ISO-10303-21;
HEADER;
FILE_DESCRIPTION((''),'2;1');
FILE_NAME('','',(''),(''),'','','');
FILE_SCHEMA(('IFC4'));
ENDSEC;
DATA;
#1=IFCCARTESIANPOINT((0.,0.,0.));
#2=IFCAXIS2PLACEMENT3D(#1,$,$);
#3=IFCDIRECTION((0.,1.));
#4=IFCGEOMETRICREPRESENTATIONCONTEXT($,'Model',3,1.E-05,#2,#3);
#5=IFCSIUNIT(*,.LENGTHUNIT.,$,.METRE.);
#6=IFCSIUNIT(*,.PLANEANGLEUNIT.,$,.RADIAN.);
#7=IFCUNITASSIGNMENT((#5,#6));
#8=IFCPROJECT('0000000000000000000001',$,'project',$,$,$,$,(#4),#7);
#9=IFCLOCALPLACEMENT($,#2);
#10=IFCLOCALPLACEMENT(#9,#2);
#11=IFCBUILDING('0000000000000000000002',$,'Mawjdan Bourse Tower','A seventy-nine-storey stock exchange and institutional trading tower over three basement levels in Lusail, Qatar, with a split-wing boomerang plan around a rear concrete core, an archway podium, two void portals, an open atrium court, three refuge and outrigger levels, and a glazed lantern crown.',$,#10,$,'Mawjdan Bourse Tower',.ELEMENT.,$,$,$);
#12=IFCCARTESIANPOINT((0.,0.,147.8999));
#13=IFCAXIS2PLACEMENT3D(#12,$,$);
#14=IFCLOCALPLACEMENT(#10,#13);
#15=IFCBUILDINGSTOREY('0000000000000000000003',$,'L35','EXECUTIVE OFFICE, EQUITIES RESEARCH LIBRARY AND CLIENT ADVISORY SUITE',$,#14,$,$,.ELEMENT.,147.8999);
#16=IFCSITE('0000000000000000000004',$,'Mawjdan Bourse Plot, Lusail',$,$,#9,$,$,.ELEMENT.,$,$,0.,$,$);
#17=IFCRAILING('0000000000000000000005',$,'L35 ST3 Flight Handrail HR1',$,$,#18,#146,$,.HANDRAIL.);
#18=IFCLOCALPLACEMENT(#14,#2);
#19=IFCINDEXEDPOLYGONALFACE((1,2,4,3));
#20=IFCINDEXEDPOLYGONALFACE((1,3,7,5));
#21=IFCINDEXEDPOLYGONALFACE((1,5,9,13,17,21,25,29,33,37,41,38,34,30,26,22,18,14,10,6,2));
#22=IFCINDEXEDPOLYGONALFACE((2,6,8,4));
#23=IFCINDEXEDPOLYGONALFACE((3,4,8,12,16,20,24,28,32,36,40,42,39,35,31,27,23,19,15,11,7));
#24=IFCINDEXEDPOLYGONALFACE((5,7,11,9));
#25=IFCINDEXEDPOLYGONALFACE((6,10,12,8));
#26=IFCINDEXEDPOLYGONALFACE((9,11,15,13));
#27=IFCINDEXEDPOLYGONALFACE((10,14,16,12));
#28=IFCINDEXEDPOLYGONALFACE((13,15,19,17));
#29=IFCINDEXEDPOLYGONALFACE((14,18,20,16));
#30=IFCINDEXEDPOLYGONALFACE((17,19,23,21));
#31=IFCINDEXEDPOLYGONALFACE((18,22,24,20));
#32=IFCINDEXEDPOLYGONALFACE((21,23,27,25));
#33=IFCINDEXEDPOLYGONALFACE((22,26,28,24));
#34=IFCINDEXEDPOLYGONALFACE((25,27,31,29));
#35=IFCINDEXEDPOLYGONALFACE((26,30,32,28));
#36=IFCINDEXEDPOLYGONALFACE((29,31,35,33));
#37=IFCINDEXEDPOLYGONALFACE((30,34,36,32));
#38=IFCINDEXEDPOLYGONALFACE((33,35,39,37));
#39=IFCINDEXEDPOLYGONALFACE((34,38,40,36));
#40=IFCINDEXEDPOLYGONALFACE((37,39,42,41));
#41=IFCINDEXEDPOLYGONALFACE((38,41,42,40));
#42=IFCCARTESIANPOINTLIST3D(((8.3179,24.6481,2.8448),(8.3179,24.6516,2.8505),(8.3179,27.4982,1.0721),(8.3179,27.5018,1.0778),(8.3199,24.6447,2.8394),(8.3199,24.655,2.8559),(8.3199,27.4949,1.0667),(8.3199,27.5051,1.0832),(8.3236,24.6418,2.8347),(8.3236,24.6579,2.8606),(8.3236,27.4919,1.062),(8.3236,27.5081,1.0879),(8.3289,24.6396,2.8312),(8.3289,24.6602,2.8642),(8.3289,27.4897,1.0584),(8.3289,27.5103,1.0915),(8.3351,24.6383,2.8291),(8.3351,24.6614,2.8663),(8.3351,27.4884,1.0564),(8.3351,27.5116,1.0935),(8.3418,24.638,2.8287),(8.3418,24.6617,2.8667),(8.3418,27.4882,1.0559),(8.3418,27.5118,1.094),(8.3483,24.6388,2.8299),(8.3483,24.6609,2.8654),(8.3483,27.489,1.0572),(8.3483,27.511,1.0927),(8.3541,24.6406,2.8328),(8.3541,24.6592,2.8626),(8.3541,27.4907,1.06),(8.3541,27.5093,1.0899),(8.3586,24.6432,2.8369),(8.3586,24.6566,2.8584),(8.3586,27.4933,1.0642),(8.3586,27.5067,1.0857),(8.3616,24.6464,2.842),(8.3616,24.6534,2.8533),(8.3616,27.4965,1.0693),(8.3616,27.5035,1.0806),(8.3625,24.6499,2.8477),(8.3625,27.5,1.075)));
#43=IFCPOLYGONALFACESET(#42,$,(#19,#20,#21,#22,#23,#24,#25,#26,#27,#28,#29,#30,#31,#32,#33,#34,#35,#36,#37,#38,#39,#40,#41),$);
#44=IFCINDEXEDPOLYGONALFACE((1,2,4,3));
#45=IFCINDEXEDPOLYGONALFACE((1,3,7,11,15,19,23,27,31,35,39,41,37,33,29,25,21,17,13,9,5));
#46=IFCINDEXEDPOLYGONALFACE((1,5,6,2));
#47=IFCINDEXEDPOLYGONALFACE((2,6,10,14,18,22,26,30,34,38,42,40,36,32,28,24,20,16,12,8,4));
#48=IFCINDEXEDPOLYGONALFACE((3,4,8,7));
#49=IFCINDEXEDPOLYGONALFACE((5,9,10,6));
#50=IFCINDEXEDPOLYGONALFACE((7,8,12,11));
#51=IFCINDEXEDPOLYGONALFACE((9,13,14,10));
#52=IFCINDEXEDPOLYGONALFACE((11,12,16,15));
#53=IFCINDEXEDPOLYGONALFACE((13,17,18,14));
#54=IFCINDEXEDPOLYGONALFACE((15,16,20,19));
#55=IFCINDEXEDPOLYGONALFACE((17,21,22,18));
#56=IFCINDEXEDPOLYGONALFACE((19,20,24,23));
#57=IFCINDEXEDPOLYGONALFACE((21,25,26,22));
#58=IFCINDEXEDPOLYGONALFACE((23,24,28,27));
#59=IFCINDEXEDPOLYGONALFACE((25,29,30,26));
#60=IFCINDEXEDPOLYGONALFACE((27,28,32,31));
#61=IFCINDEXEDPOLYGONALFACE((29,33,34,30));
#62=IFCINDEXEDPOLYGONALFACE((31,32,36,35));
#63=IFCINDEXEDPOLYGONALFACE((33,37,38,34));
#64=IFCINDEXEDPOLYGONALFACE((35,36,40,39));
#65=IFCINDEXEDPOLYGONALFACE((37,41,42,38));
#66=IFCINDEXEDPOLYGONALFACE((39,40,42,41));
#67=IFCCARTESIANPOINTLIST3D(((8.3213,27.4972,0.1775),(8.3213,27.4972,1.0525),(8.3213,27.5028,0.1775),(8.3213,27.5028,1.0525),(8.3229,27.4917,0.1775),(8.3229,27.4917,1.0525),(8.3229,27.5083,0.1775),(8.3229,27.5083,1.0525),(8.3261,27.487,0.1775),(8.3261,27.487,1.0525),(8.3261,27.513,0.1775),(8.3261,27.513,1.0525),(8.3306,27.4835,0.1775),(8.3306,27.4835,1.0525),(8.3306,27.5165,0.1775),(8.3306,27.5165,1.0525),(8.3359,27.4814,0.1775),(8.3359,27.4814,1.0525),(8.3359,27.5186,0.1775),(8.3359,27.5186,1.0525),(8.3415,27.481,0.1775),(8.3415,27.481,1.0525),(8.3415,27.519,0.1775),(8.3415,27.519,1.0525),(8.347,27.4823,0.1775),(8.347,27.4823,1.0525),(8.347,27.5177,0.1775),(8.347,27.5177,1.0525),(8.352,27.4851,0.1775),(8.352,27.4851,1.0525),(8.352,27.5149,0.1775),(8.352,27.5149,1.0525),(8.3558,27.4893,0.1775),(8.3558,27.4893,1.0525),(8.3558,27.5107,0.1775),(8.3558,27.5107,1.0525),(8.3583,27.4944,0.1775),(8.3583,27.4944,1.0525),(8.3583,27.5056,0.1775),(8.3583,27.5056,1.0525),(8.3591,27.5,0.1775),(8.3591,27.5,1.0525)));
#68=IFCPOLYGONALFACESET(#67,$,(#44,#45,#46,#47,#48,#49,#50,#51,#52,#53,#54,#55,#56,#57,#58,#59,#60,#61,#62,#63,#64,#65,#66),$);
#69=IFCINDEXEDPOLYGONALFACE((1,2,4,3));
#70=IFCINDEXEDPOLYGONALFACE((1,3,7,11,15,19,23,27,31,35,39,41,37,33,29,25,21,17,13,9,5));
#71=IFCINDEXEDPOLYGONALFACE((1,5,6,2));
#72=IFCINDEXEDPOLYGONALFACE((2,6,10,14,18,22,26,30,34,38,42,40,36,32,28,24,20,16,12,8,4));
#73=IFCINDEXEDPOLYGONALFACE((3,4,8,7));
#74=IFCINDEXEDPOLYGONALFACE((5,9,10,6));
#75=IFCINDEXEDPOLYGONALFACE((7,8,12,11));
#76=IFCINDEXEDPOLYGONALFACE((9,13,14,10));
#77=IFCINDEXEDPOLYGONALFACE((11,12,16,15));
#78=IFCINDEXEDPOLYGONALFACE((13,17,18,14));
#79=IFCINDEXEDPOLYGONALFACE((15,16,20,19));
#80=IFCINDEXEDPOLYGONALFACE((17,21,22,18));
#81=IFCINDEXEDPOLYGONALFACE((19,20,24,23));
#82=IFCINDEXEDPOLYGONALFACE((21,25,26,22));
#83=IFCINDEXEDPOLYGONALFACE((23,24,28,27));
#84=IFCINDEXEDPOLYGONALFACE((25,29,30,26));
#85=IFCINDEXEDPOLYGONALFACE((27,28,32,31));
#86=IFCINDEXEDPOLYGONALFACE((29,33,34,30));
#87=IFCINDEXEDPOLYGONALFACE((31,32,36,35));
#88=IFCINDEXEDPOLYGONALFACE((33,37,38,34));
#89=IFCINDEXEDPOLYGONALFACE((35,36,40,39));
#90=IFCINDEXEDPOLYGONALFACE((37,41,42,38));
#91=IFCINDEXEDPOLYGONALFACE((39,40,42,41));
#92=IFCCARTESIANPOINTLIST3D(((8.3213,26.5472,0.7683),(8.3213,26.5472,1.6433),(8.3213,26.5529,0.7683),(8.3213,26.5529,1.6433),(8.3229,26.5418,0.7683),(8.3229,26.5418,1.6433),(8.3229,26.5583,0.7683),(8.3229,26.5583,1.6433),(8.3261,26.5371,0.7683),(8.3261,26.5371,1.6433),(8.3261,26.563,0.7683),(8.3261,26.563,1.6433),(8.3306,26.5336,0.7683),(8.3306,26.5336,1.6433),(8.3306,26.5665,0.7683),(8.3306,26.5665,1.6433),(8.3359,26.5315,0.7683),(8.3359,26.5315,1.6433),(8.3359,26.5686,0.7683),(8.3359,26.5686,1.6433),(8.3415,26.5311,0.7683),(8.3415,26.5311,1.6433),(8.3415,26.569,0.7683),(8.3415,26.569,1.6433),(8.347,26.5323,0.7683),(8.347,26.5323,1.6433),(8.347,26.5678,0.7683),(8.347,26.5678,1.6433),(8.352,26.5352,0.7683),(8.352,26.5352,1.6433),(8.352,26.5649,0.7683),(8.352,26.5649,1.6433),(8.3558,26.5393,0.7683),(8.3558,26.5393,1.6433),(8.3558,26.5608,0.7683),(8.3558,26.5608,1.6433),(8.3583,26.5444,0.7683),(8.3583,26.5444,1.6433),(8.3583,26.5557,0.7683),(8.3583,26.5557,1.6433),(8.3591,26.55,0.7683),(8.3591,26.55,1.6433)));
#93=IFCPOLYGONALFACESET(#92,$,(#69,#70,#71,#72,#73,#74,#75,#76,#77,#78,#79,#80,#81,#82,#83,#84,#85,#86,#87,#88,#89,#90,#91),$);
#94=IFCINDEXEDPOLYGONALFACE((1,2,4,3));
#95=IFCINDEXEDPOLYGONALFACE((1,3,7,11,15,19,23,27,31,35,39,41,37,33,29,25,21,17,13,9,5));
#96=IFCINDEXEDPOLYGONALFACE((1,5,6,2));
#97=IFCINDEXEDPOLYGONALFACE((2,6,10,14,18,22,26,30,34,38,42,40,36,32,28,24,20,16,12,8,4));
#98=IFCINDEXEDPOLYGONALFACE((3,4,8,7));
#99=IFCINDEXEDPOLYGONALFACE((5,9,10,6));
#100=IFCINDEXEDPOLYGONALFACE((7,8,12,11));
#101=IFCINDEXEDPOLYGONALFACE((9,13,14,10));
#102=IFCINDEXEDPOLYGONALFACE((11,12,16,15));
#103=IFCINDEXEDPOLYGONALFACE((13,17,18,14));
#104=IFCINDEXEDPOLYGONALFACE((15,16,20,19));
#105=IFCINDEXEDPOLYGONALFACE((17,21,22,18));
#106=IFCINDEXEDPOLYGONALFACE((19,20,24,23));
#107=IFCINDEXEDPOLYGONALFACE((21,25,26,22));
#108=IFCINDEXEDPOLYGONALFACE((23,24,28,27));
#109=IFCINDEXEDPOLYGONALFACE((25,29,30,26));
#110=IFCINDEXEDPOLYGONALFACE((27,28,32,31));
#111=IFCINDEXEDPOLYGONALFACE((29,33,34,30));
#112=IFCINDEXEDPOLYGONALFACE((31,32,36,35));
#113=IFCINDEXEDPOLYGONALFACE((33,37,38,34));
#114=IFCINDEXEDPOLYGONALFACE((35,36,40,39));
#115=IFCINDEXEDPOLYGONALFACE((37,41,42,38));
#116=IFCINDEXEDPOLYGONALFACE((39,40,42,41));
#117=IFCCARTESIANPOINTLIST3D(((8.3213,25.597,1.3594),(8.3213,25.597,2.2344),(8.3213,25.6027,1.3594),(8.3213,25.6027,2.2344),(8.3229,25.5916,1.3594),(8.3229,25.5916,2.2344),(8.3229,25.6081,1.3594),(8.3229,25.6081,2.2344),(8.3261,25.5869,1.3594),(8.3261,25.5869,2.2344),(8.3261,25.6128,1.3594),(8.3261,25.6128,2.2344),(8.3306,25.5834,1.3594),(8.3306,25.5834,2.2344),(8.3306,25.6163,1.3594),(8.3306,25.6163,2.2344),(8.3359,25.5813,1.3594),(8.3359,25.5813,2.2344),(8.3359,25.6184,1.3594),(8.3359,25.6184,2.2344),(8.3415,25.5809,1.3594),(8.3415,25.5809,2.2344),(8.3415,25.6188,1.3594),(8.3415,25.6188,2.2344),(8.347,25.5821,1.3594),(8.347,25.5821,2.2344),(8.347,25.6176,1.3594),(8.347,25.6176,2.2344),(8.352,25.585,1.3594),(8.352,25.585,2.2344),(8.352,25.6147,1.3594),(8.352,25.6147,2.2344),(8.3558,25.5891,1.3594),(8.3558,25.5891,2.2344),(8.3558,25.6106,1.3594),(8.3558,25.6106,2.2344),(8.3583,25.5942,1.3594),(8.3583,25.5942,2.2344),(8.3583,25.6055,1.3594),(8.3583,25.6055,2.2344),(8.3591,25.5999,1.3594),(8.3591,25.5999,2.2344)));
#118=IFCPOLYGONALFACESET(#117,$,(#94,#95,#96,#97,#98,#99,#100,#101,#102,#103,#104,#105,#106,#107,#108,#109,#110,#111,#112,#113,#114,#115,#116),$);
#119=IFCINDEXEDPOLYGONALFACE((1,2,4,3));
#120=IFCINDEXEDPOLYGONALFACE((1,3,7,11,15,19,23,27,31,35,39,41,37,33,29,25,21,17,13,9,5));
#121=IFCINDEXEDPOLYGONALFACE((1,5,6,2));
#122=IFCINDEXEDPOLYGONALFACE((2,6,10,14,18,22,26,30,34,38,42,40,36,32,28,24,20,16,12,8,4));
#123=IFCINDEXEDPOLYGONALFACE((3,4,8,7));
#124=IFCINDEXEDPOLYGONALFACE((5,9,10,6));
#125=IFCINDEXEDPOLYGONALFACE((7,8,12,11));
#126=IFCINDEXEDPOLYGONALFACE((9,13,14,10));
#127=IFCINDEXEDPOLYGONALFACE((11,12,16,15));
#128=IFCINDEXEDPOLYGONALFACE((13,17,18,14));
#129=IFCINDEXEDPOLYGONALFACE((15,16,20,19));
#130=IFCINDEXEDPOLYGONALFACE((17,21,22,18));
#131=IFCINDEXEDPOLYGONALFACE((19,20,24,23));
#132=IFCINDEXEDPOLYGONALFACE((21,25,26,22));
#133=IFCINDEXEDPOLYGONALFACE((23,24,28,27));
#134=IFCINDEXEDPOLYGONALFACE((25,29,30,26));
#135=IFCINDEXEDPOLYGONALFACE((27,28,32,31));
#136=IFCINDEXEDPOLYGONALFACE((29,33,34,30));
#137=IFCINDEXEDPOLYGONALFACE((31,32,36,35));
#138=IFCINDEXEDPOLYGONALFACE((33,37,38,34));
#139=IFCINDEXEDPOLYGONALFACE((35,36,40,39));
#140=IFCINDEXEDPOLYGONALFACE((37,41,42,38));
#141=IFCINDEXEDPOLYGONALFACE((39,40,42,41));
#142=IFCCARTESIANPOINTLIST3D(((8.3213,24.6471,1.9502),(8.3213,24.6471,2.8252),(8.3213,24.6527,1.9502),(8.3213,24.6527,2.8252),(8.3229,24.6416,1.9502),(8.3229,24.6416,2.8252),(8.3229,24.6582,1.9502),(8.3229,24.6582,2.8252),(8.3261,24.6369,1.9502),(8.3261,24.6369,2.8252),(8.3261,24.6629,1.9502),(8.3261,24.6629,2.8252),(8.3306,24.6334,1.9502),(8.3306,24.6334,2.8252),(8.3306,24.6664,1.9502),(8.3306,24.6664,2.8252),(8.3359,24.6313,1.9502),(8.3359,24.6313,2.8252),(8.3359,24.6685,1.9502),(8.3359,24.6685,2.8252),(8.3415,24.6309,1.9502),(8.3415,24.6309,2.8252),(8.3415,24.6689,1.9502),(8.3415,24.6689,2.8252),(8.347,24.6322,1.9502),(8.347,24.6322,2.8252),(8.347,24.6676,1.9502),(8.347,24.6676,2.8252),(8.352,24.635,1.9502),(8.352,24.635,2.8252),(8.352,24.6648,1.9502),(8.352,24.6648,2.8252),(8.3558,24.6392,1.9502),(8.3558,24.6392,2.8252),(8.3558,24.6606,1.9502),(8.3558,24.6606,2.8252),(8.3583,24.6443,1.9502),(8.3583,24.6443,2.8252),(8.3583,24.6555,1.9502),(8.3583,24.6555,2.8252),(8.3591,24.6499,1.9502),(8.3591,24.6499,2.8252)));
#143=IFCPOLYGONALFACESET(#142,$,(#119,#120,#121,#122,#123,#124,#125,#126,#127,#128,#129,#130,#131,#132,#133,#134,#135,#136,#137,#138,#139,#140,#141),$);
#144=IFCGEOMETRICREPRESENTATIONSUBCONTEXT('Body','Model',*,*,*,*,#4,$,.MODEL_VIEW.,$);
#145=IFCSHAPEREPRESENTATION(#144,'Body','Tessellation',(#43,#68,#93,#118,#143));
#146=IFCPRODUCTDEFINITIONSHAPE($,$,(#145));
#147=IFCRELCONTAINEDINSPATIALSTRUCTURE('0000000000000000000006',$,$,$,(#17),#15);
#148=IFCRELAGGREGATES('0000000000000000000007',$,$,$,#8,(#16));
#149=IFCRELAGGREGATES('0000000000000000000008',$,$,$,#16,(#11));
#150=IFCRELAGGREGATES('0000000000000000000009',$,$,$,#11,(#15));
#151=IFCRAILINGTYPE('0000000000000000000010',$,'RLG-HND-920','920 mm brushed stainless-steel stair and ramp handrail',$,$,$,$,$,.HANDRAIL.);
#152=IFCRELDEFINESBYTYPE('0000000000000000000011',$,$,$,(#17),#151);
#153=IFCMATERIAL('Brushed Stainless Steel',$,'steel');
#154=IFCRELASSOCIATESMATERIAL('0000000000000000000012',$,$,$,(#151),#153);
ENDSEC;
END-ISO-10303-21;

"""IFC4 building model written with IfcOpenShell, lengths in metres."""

from ifc_helpers import new_model, si_unit, direction, frame, origin, origin_2d, place, context, subcontext, project, spatial, circle, extrude, material, type_object, element, save


model = new_model("IFC4")

# Units and contexts
model_context = context("Model", 3, precision=1e-05, world=origin(), true_north=direction((0.0, 1.0)))
body_context = subcontext(model_context, "Body", "Model", "MODEL_VIEW")
ifc_project = project(units=[si_unit("LENGTHUNIT", "METRE"), si_unit("PLANEANGLEUNIT", "RADIAN")], contexts=[model_context])

# Site, building, storey
site_placement = place(None, origin())
site = spatial("IfcSite", under=ifc_project, at=site_placement, Name="Mawjdan Bourse Plot, Lusail", CompositionType="ELEMENT", RefElevation=0.0)
building_placement = place(site_placement, origin())
building = spatial("IfcBuilding", under=site, at=building_placement, Name="Mawjdan Bourse Tower", Description="A seventy-nine-storey stock exchange and institutional trading tower over three basement levels in Lusail, Qatar, with a split-wing boomerang plan around a rear concrete core, an archway podium, two void portals, an open atrium court, three refuge and outrigger levels, and a glazed lantern crown.", LongName="Mawjdan Bourse Tower", CompositionType="ELEMENT")
storey_placement = place(building_placement, frame((0.0, 0.0, 147.8999)))
storey = spatial("IfcBuildingStorey", under=building, at=storey_placement, Name="L35", Description="EXECUTIVE OFFICE, EQUITIES RESEARCH LIBRARY AND CLIENT ADVISORY SUITE", CompositionType="ELEMENT", Elevation=147.8999)

# Railing
ifc_material_1 = material(Name="Brushed Stainless Steel", Category="steel")
railing_type_1 = type_object("IfcRailingType", Name="RLG-HND-920", Description="920 mm brushed stainless-steel stair and ramp handrail", PredefinedType="HANDRAIL", material=ifc_material_1)
railing_1_placement = place(storey_placement, frame((8.3401, 27.5, 0.1775)))
element("IfcRailing", 1, at=railing_1_placement, inside=storey, type_object=railing_type_1, Name="L35 ST3 Flight Handrail HR1", PredefinedType="HANDRAIL", context=body_context, shape_type="SweptSolid", body=[
    extrude(circle(Radius=0.0225, at=origin_2d()), frame((0.0, 0.0, 0.8975), z_axis=(0.0, -0.849149, 0.528154), x_axis=(1.0, 0.0, 0.0)), (0.0, 0.0, 1.0), 3.3564),
    extrude(circle(Radius=0.019, at=origin_2d()), origin(), (0.0, 0.0, 1.0), 0.875),
    extrude(circle(Radius=0.019, at=origin_2d()), frame((0.0, -0.95, 0.5908)), (0.0, 0.0, 1.0), 0.875),
    extrude(circle(Radius=0.019, at=origin_2d()), frame((0.0, -1.9001, 1.1819)), (0.0, 0.0, 1.0), 0.875),
    extrude(circle(Radius=0.019, at=origin_2d()), frame((0.0, -2.8501, 1.7727)), (0.0, 0.0, 1.0), 0.875),
])

save(model, "model.ifc")
